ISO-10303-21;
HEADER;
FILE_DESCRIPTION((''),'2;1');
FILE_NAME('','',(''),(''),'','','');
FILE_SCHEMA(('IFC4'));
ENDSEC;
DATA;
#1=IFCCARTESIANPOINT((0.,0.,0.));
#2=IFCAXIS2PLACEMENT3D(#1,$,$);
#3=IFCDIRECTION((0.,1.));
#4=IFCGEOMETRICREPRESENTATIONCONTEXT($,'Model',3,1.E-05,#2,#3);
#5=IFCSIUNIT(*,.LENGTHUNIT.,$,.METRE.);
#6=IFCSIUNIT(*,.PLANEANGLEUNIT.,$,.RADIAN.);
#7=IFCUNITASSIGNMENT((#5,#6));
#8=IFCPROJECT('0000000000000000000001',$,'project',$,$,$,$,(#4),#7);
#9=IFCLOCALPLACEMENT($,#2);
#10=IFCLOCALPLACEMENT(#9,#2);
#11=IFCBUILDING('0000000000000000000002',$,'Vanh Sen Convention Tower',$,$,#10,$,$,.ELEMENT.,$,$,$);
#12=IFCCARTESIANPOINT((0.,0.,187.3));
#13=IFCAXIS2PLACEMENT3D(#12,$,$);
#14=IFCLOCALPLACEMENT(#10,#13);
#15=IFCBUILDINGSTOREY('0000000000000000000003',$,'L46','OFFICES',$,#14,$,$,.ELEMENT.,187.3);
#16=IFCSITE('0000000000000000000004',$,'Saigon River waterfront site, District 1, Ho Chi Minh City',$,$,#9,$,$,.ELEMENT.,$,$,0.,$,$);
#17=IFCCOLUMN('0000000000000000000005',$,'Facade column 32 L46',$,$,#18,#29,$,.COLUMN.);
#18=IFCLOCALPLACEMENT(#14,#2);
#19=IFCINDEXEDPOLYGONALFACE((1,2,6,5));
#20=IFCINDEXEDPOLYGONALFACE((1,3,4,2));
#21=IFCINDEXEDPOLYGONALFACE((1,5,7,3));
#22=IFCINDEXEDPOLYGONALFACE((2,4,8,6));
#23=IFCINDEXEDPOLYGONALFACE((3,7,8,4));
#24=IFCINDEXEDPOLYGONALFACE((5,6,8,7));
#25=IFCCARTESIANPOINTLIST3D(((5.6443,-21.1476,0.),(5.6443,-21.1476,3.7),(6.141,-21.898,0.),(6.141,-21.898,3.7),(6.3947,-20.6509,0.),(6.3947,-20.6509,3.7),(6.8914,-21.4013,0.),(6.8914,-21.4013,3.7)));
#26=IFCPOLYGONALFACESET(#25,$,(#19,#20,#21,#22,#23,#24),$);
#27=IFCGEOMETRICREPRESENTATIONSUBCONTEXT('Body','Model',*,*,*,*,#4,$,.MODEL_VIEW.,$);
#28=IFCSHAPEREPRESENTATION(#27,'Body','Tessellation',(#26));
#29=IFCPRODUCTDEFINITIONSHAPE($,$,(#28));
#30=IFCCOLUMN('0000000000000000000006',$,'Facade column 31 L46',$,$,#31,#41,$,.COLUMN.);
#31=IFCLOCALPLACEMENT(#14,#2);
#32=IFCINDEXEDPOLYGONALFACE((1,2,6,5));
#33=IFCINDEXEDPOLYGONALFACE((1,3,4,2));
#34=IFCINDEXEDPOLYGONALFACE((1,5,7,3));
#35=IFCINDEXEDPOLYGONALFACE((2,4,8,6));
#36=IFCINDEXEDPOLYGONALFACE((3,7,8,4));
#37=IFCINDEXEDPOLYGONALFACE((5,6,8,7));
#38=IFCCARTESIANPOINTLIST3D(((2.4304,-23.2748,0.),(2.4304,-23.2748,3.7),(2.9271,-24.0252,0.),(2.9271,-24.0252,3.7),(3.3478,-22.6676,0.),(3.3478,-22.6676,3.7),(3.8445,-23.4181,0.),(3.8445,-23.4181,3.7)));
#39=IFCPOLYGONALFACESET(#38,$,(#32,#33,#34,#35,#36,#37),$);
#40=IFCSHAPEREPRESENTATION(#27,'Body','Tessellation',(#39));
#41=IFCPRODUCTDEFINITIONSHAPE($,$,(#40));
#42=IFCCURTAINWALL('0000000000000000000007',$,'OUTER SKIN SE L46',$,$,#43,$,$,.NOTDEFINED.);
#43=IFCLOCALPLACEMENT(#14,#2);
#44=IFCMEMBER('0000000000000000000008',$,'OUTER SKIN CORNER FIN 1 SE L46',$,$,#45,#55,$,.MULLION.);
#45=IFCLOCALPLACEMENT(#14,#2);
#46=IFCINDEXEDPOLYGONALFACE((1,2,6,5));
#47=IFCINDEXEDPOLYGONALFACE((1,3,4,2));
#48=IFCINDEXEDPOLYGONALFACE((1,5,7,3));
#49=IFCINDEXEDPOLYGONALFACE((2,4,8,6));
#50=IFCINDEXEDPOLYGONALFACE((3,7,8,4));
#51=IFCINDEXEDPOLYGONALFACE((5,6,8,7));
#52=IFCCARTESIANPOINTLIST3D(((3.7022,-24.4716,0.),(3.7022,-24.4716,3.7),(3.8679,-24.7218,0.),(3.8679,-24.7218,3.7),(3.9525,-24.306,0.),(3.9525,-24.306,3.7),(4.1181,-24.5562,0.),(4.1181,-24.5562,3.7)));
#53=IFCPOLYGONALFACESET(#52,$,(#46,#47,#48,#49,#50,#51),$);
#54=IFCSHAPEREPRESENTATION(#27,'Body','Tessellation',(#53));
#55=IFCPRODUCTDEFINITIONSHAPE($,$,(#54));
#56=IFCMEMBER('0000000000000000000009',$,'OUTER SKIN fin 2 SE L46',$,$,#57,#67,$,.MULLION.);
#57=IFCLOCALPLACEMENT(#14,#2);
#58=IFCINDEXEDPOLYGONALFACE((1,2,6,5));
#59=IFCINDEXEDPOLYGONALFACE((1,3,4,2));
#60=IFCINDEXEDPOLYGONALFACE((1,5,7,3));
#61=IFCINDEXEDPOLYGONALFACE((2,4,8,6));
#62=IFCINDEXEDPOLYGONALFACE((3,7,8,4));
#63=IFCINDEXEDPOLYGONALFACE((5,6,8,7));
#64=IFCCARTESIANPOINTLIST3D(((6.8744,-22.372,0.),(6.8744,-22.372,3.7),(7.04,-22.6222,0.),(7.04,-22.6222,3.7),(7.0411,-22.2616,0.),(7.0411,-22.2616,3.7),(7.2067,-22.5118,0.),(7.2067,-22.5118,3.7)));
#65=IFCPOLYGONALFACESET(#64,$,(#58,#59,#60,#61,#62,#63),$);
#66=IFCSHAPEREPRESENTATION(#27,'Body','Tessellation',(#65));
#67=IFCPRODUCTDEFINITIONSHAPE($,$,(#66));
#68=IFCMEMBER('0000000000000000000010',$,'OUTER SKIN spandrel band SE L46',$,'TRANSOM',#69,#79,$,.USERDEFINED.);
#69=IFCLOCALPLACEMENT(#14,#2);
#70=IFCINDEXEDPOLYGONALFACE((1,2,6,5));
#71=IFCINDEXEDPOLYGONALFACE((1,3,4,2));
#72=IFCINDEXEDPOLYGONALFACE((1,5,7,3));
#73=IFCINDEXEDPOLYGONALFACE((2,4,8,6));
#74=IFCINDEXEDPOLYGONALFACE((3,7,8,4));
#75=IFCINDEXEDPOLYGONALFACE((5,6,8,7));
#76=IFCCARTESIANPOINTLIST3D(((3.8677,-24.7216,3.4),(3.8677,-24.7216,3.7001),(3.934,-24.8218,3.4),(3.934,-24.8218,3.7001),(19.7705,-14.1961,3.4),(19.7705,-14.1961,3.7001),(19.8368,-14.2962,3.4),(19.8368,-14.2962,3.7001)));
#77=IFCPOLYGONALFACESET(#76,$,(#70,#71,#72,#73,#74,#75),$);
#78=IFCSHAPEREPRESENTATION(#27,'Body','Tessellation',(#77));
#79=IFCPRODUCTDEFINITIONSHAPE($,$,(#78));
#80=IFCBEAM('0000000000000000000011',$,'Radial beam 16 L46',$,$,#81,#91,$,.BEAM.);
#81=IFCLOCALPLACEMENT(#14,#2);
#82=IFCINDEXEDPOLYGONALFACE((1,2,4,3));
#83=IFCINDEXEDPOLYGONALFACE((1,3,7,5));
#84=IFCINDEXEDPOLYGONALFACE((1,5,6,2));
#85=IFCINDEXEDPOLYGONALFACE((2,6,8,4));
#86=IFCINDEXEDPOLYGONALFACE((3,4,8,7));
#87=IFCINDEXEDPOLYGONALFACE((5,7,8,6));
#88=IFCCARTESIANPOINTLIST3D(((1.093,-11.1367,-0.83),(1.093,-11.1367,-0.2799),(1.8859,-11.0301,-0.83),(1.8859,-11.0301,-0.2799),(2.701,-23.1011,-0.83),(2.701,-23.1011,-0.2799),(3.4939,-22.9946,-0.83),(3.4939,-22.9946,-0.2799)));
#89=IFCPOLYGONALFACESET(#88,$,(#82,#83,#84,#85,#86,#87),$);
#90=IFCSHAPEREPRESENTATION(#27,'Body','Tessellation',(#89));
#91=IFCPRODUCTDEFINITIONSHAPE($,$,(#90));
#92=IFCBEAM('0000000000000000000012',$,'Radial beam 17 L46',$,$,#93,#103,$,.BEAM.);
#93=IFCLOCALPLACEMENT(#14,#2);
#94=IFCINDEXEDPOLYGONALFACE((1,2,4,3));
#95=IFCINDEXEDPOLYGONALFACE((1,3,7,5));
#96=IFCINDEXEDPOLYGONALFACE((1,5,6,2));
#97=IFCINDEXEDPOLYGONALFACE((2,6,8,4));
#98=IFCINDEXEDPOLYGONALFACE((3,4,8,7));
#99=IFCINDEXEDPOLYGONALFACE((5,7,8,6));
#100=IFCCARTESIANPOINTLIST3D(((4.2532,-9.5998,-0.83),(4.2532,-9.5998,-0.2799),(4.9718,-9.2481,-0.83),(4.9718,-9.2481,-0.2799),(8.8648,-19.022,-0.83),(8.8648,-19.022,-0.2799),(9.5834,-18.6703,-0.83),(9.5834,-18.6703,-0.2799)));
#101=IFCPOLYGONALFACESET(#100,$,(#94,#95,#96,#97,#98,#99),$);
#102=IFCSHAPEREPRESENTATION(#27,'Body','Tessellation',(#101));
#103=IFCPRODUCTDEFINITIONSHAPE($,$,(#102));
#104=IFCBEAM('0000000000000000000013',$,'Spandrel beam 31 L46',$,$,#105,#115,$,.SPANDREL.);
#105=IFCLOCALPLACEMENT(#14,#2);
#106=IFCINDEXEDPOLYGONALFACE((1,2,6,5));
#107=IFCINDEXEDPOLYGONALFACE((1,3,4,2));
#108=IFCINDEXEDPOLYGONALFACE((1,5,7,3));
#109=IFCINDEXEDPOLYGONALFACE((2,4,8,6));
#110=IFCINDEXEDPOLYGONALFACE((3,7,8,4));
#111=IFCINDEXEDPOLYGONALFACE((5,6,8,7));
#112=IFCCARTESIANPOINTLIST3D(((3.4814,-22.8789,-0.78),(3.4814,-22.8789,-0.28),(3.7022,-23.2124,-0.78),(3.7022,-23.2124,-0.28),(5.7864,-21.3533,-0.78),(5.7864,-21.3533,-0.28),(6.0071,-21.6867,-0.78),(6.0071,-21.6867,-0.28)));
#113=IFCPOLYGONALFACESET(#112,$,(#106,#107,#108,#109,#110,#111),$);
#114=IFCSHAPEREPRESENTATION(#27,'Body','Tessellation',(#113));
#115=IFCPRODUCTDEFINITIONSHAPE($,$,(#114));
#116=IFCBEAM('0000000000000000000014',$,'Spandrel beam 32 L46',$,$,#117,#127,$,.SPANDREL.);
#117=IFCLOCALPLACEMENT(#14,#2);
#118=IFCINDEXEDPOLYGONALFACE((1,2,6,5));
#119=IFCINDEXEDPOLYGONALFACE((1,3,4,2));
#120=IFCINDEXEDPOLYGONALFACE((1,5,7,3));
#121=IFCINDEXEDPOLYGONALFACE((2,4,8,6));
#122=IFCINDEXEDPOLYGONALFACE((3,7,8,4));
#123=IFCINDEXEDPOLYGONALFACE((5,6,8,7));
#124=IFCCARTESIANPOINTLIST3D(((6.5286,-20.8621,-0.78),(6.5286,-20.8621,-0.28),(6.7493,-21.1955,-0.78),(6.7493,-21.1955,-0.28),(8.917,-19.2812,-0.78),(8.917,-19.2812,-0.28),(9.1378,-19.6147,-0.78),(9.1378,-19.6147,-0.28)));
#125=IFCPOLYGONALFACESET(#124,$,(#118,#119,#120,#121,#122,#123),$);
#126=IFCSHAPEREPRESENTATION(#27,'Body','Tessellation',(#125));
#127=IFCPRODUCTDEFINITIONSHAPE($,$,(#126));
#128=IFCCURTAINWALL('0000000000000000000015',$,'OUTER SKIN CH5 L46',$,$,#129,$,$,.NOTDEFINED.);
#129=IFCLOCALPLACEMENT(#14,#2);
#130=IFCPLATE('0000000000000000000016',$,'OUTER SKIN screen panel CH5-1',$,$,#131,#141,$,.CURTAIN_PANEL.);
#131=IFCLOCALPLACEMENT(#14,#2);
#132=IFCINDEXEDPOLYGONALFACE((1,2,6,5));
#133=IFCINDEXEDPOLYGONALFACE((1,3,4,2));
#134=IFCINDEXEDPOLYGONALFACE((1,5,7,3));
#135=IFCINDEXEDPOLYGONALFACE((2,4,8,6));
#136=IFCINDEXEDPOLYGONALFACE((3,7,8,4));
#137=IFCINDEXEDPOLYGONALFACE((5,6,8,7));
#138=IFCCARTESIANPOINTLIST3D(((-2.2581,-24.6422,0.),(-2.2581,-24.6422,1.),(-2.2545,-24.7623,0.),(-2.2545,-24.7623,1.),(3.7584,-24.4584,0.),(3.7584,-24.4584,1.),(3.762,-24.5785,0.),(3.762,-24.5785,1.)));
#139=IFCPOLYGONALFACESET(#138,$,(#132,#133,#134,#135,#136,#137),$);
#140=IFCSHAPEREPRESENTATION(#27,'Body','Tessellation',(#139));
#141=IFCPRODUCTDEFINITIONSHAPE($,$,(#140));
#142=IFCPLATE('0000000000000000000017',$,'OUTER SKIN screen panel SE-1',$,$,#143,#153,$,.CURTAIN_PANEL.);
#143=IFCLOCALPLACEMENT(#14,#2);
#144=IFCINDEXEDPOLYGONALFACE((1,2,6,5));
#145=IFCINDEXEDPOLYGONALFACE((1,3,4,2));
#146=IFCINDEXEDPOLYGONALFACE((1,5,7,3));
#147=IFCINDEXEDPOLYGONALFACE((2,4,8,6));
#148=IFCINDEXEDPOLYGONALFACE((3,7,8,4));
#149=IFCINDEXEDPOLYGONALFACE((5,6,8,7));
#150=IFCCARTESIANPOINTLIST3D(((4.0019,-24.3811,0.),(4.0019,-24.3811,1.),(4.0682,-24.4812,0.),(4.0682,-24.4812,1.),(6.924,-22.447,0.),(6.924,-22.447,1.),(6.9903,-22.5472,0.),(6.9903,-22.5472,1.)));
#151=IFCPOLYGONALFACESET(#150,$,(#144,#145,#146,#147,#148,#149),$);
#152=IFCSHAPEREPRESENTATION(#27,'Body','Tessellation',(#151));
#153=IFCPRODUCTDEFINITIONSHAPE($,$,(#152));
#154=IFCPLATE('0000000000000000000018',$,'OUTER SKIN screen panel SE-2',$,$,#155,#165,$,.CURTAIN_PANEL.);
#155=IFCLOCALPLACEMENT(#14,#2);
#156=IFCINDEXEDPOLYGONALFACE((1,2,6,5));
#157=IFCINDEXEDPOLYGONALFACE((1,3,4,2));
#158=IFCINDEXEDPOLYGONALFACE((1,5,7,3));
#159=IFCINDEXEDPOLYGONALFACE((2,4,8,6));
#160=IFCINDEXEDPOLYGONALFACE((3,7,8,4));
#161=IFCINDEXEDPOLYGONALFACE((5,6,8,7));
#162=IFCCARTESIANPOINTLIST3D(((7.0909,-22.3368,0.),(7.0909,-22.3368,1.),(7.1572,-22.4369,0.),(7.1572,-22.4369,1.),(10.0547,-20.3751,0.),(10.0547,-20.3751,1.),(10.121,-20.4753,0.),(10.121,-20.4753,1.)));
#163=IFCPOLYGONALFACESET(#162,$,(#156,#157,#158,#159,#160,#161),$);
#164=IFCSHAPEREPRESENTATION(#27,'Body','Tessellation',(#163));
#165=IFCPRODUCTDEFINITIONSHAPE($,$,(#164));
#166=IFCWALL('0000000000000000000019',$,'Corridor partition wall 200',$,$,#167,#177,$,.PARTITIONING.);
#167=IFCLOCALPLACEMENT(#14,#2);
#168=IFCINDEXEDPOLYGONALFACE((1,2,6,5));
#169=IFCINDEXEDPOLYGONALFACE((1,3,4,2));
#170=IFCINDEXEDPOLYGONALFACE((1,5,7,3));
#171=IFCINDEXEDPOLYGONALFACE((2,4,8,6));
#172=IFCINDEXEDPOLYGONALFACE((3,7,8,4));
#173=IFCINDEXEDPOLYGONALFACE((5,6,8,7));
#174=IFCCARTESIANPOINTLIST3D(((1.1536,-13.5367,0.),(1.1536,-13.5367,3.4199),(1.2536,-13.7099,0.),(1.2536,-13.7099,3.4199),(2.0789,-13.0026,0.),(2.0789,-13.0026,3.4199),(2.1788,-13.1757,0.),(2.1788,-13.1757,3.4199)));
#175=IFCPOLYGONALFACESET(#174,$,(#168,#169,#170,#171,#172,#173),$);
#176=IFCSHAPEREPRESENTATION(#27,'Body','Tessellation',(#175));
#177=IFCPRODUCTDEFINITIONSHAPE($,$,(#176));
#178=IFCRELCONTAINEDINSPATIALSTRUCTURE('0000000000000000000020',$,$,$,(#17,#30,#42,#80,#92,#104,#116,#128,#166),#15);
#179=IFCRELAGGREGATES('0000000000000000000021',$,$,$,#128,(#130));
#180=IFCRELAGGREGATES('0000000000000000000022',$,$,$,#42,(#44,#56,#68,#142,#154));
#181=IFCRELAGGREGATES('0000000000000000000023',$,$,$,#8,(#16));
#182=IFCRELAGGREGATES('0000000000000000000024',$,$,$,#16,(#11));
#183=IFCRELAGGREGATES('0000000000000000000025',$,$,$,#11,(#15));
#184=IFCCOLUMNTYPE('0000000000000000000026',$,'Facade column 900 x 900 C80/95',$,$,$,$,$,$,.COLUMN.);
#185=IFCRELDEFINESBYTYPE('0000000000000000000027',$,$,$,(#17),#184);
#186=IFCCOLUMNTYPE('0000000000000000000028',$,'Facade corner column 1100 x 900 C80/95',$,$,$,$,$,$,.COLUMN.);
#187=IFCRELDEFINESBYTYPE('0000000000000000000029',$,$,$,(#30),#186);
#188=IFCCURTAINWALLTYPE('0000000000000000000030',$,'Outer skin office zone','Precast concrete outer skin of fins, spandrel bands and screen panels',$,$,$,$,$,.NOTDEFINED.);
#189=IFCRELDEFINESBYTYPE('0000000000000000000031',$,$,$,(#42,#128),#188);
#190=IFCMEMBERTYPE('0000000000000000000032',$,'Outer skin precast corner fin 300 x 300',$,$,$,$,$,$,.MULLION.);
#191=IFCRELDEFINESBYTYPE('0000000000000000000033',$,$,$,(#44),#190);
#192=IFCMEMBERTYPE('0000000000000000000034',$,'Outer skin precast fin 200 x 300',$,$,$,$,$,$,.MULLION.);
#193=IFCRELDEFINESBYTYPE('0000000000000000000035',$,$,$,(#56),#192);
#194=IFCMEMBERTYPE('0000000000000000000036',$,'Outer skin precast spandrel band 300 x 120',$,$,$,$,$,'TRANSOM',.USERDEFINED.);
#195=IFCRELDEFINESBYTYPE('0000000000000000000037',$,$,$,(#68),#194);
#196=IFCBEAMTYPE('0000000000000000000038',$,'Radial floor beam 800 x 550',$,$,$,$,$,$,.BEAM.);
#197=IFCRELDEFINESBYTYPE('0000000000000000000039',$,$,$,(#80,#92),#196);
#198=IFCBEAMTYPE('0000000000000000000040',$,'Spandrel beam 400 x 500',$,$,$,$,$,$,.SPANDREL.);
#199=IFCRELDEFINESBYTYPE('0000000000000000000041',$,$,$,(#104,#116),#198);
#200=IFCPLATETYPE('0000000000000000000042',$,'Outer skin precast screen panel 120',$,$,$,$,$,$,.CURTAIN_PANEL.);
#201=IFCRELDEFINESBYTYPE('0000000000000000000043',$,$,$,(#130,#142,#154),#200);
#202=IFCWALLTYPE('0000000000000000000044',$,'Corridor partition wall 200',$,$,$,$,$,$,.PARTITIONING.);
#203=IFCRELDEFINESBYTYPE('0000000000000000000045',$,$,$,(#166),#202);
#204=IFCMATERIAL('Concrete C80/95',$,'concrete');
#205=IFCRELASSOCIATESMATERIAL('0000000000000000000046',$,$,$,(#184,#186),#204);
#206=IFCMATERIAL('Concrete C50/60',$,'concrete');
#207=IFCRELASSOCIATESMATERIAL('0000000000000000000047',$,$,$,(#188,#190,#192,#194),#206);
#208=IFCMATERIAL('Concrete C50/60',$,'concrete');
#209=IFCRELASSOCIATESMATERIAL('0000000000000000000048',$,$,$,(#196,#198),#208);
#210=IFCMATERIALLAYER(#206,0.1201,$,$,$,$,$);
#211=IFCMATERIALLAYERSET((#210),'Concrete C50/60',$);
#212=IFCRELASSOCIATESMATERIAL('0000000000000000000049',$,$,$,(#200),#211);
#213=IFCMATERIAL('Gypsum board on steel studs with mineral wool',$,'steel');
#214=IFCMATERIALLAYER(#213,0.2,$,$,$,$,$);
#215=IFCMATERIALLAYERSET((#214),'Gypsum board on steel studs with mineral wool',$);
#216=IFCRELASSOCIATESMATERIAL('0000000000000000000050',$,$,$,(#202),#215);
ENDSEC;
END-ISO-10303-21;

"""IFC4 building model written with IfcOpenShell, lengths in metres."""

from ifc_helpers import new_model, si_unit, direction, frame, frame_2d, origin, origin_2d, place, context, subcontext, project, spatial, rectangle, extrude, material, layer, layer_set, material_profile, profile_set, type_object, element, aggregate, save


model = new_model("IFC4")

# Units and contexts
model_context = context("Model", 3, precision=1e-05, world=origin(), true_north=direction((0.0, 1.0)))
body_context = subcontext(model_context, "Body", "Model", "MODEL_VIEW")
ifc_project = project(units=[si_unit("LENGTHUNIT", "METRE"), si_unit("PLANEANGLEUNIT", "RADIAN")], contexts=[model_context])

# Site, building, storey
site_placement = place(None, origin())
site = spatial("IfcSite", under=ifc_project, at=site_placement, Name="Saigon River waterfront site, District 1, Ho Chi Minh City", CompositionType="ELEMENT", RefElevation=0.0)
building_placement = place(site_placement, origin())
building = spatial("IfcBuilding", under=site, at=building_placement, Name="Vanh Sen Convention Tower", CompositionType="ELEMENT")
storey_placement = place(building_placement, frame((0.0, 0.0, 187.3)))
storey = spatial("IfcBuildingStorey", under=building, at=storey_placement, Name="L46", Description="OFFICES", CompositionType="ELEMENT", Elevation=187.3)

# Columns
ifc_material_1 = material(Name="Concrete C80/95", Category="concrete")
ifc_material_profile_1 = material_profile(ifc_material_1, rectangle(XDim=0.8999, YDim=0.8999, at=origin_2d()), Name="RC 900X900")
ifc_profile_set_1 = profile_set([ifc_material_profile_1], Name="Concrete C80/95")
column_type_1 = type_object("IfcColumnType", Name="Facade column 900 x 900 C80/95", PredefinedType="COLUMN", material=ifc_profile_set_1)
column_1_placement = place(storey_placement, frame((6.2678, -21.2744, 0.0), z_axis=(0.0, 0.0, 1.0), x_axis=(0.833886, 0.551937, 0.0)))
element("IfcColumn", 1, at=column_1_placement, inside=storey, type_object=column_type_1, Name="Facade column 32 L46", PredefinedType="COLUMN", context=body_context, shape_type="SweptSolid", body=[
    extrude(rectangle(XDim=0.8999, YDim=0.8999, at=origin_2d()), origin(), (0.0, 0.0, 1.0), 3.7),
])
ifc_material_profile_2 = material_profile(ifc_material_1, rectangle(XDim=1.1001, YDim=0.8999, at=origin_2d()), Name="RC 1100X900")
ifc_profile_set_2 = profile_set([ifc_material_profile_2], Name="Concrete C80/95")
column_type_2 = type_object("IfcColumnType", Name="Facade corner column 1100 x 900 C80/95", PredefinedType="COLUMN", material=ifc_profile_set_2)
column_2_placement = place(storey_placement, frame((3.1375, -23.3464, 0.0), z_axis=(0.0, 0.0, 1.0), x_axis=(0.833886, 0.551937, 0.0)))
element("IfcColumn", 2, at=column_2_placement, inside=storey, type_object=column_type_2, Name="Facade column 31 L46", PredefinedType="COLUMN", context=body_context, shape_type="SweptSolid", body=[
    extrude(rectangle(XDim=1.1001, YDim=0.8999, at=origin_2d()), origin(), (0.0, 0.0, 1.0), 3.7),
])

# Curtain wall, members
ifc_material_2 = material(Name="Concrete C50/60", Category="concrete")
curtain_wall_type = type_object("IfcCurtainWallType", Name="Outer skin office zone", Description="Precast concrete outer skin of fins, spandrel bands and screen panels", PredefinedType="NOTDEFINED", material=ifc_material_2)
curtain_wall_1_placement = place(storey_placement, origin())
curtain_wall_1 = element("IfcCurtainWall", 3, at=curtain_wall_1_placement, inside=storey, type_object=curtain_wall_type, Name="OUTER SKIN SE L46", PredefinedType="NOTDEFINED")
ifc_material_profile_3 = material_profile(ifc_material_2, rectangle(XDim=0.3, YDim=0.3, at=origin_2d()), Name="Outer skin precast corner fin 300 x 300")
ifc_profile_set_3 = profile_set([ifc_material_profile_3], Name="Concrete C50/60")
member_type_1 = type_object("IfcMemberType", Name="Outer skin precast corner fin 300 x 300", PredefinedType="MULLION", material=ifc_profile_set_3)
member_1_placement = place(storey_placement, frame((3.9102, -24.5139, 0.0), z_axis=(0.0, 0.0, 1.0), x_axis=(0.833886, 0.551937, 0.0)))
member_1 = element("IfcMember", 4, at=member_1_placement, type_object=member_type_1, Name="OUTER SKIN CORNER FIN 1 SE L46", PredefinedType="MULLION", context=body_context, shape_type="SweptSolid", body=[
    extrude(rectangle(XDim=0.3, YDim=0.3, at=origin_2d()), origin(), (0.0, 0.0, 1.0), 3.7),
])
ifc_material_profile_4 = material_profile(ifc_material_2, rectangle(XDim=0.2, YDim=0.3, at=origin_2d()), Name="Outer skin precast fin 200 x 300")
ifc_profile_set_4 = profile_set([ifc_material_profile_4], Name="Concrete C50/60")
member_type_2 = type_object("IfcMemberType", Name="Outer skin precast fin 200 x 300", PredefinedType="MULLION", material=ifc_profile_set_4)
member_2_placement = place(storey_placement, frame((7.0405, -22.4419, 0.0), z_axis=(0.0, 0.0, 1.0), x_axis=(0.833886, 0.551937, 0.0)))
member_2 = element("IfcMember", 5, at=member_2_placement, type_object=member_type_2, Name="OUTER SKIN fin 2 SE L46", PredefinedType="MULLION", context=body_context, shape_type="SweptSolid", body=[
    extrude(rectangle(XDim=0.2, YDim=0.3, at=origin_2d()), origin(), (0.0, 0.0, 1.0), 3.7),
])
ifc_material_profile_5 = material_profile(ifc_material_2, rectangle(XDim=0.1201, YDim=0.3, at=origin_2d()), Name="Outer skin precast spandrel band 300 x 120")
ifc_profile_set_5 = profile_set([ifc_material_profile_5], Name="Concrete C50/60")
member_type_3 = type_object("IfcMemberType", Name="Outer skin precast spandrel band 300 x 120", ElementType="TRANSOM", PredefinedType="USERDEFINED", material=ifc_profile_set_5)
member_3_placement = place(storey_placement, frame((3.9009, -24.7717, 3.55), z_axis=(0.833891, 0.551929, 0.0), x_axis=(-0.551929, 0.833891, 0.0)))
member_3 = element("IfcMember", 6, at=member_3_placement, type_object=member_type_3, Name="OUTER SKIN spandrel band SE L46", ObjectType="TRANSOM", PredefinedType="USERDEFINED", context=body_context, shape_type="SweptSolid", body=[
    extrude(rectangle(XDim=0.1201, YDim=0.3, at=origin_2d()), origin(), (0.0, 0.0, 1.0), 19.0706),
])

# Beams
ifc_material_3 = material(Name="Concrete C50/60", Category="concrete")
ifc_material_profile_6 = material_profile(ifc_material_3, rectangle(XDim=0.8, YDim=0.55, at=origin_2d()), Name="RC 800X550")
ifc_profile_set_6 = profile_set([ifc_material_profile_6], Name="Concrete C50/60")
beam_type_1 = type_object("IfcBeamType", Name="Radial floor beam 800 x 550", PredefinedType="BEAM", material=ifc_profile_set_6)
beam_1_placement = place(storey_placement, frame((3.0974, -23.0479, -0.5549), z_axis=(-0.133194, 0.99109, 0.0), x_axis=(-0.99109, -0.133194, 0.0)))
element("IfcBeam", 7, at=beam_1_placement, inside=storey, type_object=beam_type_1, Name="Radial beam 16 L46", PredefinedType="BEAM", context=body_context, shape_type="SweptSolid", body=[
    extrude(rectangle(XDim=0.8, YDim=0.55, at=origin_2d()), origin(), (0.0, 0.0, 1.0), 12.072),
])
beam_2_placement = place(storey_placement, frame((9.2241, -18.8462, -0.5549), z_axis=(-0.43961, 0.898189, 0.0), x_axis=(-0.898189, -0.43961, 0.0)))
element("IfcBeam", 8, at=beam_2_placement, inside=storey, type_object=beam_type_1, Name="Radial beam 17 L46", PredefinedType="BEAM", context=body_context, shape_type="SweptSolid", body=[
    extrude(rectangle(XDim=0.8, YDim=0.55, at=origin_2d()), origin(), (0.0, 0.0, 1.0), 10.4902),
])
ifc_material_profile_7 = material_profile(ifc_material_3, rectangle(XDim=0.3999, YDim=0.5, at=origin_2d()), Name="RC 400X500")
ifc_profile_set_7 = profile_set([ifc_material_profile_7], Name="Concrete C50/60")
beam_type_2 = type_object("IfcBeamType", Name="Spandrel beam 400 x 500", PredefinedType="SPANDREL", material=ifc_profile_set_7)
beam_3_placement = place(storey_placement, frame((3.5918, -23.0457, -0.53), z_axis=(0.83388, 0.551945, 0.0), x_axis=(-0.551945, 0.83388, 0.0)))
element("IfcBeam", 9, at=beam_3_placement, inside=storey, type_object=beam_type_2, Name="Spandrel beam 31 L46", PredefinedType="SPANDREL", context=body_context, shape_type="SweptSolid", body=[
    extrude(rectangle(XDim=0.3999, YDim=0.5, at=origin_2d()), origin(), (0.0, 0.0, 1.0), 2.7642),
])
beam_4_placement = place(storey_placement, frame((6.6389, -21.0288, -0.53), z_axis=(0.833895, 0.551924, 0.0), x_axis=(-0.551924, 0.833895, 0.0)))
element("IfcBeam", 10, at=beam_4_placement, inside=storey, type_object=beam_type_2, Name="Spandrel beam 32 L46", PredefinedType="SPANDREL", context=body_context, shape_type="SweptSolid", body=[
    extrude(rectangle(XDim=0.3999, YDim=0.5, at=origin_2d()), origin(), (0.0, 0.0, 1.0), 2.8643),
])

# Curtain wall, plate
curtain_wall_2_placement = place(storey_placement, origin())
curtain_wall_2 = element("IfcCurtainWall", 11, at=curtain_wall_2_placement, inside=storey, type_object=curtain_wall_type, Name="OUTER SKIN CH5 L46", PredefinedType="NOTDEFINED")
ifc_layer_1 = layer(ifc_material_2, 0.1201)
ifc_layer_set_1 = layer_set([ifc_layer_1], Name="Concrete C50/60")
plate_type = type_object("IfcPlateType", Name="Outer skin precast screen panel 120", PredefinedType="CURTAIN_PANEL", material=ifc_layer_set_1)
plate_1_placement = place(storey_placement, frame((0.752, -24.6104, 0.0), z_axis=(0.0, 0.0, 1.0), x_axis=(0.999534, 0.03054, 0.0)))
plate_1 = element("IfcPlate", 12, at=plate_1_placement, type_object=plate_type, Name="OUTER SKIN screen panel CH5-1", PredefinedType="CURTAIN_PANEL", context=body_context, shape_type="SweptSolid", body=[
    extrude(rectangle(XDim=6.0193, YDim=0.1201, at=origin_2d()), origin(), (0.0, 0.0, 1.0), 1.0),
])
aggregate(curtain_wall_2, [plate_1])

# Plates
plate_2_placement = place(storey_placement, frame((5.4961, -23.4641, 0.0), z_axis=(0.0, 0.0, 1.0), x_axis=(0.83389, 0.551931, 0.0)))
plate_2 = element("IfcPlate", 13, at=plate_2_placement, type_object=plate_type, Name="OUTER SKIN screen panel SE-1", PredefinedType="CURTAIN_PANEL", context=body_context, shape_type="SweptSolid", body=[
    extrude(rectangle(XDim=3.5042, YDim=0.1201, at=origin_2d()), origin(), (0.0, 0.0, 1.0), 1.0),
])
plate_3_placement = place(storey_placement, frame((8.606, -21.406, 0.0), z_axis=(0.0, 0.0, 1.0), x_axis=(0.83389, 0.551931, 0.0)))
plate_3 = element("IfcPlate", 14, at=plate_3_placement, type_object=plate_type, Name="OUTER SKIN screen panel SE-2", PredefinedType="CURTAIN_PANEL", context=body_context, shape_type="SweptSolid", body=[
    extrude(rectangle(XDim=3.5542, YDim=0.1201, at=origin_2d()), origin(), (0.0, 0.0, 1.0), 1.0),
])
aggregate(curtain_wall_1, [member_1, member_2, member_3, plate_2, plate_3])

# Wall
ifc_material_4 = material(Name="Gypsum board on steel studs with mineral wool", Category="steel")
ifc_layer_2 = layer(ifc_material_4, 0.2)
ifc_layer_set_2 = layer_set([ifc_layer_2], Name="Gypsum board on steel studs with mineral wool")
wall_type_1 = type_object("IfcWallType", Name="Corridor partition wall 200", PredefinedType="PARTITIONING", material=ifc_layer_set_2)
wall_1_placement = place(storey_placement, frame((1.2036, -13.6233, 0.0), z_axis=(0.0, 0.0, 1.0), x_axis=(0.866041, 0.499973, 0.0)))
element("IfcWall", 15, at=wall_1_placement, inside=storey, type_object=wall_type_1, Name="Corridor partition wall 200", PredefinedType="PARTITIONING", context=body_context, shape_type="SweptSolid", body=[
    extrude(rectangle(XDim=1.0684, YDim=0.2, at=frame_2d((0.5342, 0.0))), origin(), (0.0, 0.0, 1.0), 3.4199),
])

save(model, "model.ifc")
